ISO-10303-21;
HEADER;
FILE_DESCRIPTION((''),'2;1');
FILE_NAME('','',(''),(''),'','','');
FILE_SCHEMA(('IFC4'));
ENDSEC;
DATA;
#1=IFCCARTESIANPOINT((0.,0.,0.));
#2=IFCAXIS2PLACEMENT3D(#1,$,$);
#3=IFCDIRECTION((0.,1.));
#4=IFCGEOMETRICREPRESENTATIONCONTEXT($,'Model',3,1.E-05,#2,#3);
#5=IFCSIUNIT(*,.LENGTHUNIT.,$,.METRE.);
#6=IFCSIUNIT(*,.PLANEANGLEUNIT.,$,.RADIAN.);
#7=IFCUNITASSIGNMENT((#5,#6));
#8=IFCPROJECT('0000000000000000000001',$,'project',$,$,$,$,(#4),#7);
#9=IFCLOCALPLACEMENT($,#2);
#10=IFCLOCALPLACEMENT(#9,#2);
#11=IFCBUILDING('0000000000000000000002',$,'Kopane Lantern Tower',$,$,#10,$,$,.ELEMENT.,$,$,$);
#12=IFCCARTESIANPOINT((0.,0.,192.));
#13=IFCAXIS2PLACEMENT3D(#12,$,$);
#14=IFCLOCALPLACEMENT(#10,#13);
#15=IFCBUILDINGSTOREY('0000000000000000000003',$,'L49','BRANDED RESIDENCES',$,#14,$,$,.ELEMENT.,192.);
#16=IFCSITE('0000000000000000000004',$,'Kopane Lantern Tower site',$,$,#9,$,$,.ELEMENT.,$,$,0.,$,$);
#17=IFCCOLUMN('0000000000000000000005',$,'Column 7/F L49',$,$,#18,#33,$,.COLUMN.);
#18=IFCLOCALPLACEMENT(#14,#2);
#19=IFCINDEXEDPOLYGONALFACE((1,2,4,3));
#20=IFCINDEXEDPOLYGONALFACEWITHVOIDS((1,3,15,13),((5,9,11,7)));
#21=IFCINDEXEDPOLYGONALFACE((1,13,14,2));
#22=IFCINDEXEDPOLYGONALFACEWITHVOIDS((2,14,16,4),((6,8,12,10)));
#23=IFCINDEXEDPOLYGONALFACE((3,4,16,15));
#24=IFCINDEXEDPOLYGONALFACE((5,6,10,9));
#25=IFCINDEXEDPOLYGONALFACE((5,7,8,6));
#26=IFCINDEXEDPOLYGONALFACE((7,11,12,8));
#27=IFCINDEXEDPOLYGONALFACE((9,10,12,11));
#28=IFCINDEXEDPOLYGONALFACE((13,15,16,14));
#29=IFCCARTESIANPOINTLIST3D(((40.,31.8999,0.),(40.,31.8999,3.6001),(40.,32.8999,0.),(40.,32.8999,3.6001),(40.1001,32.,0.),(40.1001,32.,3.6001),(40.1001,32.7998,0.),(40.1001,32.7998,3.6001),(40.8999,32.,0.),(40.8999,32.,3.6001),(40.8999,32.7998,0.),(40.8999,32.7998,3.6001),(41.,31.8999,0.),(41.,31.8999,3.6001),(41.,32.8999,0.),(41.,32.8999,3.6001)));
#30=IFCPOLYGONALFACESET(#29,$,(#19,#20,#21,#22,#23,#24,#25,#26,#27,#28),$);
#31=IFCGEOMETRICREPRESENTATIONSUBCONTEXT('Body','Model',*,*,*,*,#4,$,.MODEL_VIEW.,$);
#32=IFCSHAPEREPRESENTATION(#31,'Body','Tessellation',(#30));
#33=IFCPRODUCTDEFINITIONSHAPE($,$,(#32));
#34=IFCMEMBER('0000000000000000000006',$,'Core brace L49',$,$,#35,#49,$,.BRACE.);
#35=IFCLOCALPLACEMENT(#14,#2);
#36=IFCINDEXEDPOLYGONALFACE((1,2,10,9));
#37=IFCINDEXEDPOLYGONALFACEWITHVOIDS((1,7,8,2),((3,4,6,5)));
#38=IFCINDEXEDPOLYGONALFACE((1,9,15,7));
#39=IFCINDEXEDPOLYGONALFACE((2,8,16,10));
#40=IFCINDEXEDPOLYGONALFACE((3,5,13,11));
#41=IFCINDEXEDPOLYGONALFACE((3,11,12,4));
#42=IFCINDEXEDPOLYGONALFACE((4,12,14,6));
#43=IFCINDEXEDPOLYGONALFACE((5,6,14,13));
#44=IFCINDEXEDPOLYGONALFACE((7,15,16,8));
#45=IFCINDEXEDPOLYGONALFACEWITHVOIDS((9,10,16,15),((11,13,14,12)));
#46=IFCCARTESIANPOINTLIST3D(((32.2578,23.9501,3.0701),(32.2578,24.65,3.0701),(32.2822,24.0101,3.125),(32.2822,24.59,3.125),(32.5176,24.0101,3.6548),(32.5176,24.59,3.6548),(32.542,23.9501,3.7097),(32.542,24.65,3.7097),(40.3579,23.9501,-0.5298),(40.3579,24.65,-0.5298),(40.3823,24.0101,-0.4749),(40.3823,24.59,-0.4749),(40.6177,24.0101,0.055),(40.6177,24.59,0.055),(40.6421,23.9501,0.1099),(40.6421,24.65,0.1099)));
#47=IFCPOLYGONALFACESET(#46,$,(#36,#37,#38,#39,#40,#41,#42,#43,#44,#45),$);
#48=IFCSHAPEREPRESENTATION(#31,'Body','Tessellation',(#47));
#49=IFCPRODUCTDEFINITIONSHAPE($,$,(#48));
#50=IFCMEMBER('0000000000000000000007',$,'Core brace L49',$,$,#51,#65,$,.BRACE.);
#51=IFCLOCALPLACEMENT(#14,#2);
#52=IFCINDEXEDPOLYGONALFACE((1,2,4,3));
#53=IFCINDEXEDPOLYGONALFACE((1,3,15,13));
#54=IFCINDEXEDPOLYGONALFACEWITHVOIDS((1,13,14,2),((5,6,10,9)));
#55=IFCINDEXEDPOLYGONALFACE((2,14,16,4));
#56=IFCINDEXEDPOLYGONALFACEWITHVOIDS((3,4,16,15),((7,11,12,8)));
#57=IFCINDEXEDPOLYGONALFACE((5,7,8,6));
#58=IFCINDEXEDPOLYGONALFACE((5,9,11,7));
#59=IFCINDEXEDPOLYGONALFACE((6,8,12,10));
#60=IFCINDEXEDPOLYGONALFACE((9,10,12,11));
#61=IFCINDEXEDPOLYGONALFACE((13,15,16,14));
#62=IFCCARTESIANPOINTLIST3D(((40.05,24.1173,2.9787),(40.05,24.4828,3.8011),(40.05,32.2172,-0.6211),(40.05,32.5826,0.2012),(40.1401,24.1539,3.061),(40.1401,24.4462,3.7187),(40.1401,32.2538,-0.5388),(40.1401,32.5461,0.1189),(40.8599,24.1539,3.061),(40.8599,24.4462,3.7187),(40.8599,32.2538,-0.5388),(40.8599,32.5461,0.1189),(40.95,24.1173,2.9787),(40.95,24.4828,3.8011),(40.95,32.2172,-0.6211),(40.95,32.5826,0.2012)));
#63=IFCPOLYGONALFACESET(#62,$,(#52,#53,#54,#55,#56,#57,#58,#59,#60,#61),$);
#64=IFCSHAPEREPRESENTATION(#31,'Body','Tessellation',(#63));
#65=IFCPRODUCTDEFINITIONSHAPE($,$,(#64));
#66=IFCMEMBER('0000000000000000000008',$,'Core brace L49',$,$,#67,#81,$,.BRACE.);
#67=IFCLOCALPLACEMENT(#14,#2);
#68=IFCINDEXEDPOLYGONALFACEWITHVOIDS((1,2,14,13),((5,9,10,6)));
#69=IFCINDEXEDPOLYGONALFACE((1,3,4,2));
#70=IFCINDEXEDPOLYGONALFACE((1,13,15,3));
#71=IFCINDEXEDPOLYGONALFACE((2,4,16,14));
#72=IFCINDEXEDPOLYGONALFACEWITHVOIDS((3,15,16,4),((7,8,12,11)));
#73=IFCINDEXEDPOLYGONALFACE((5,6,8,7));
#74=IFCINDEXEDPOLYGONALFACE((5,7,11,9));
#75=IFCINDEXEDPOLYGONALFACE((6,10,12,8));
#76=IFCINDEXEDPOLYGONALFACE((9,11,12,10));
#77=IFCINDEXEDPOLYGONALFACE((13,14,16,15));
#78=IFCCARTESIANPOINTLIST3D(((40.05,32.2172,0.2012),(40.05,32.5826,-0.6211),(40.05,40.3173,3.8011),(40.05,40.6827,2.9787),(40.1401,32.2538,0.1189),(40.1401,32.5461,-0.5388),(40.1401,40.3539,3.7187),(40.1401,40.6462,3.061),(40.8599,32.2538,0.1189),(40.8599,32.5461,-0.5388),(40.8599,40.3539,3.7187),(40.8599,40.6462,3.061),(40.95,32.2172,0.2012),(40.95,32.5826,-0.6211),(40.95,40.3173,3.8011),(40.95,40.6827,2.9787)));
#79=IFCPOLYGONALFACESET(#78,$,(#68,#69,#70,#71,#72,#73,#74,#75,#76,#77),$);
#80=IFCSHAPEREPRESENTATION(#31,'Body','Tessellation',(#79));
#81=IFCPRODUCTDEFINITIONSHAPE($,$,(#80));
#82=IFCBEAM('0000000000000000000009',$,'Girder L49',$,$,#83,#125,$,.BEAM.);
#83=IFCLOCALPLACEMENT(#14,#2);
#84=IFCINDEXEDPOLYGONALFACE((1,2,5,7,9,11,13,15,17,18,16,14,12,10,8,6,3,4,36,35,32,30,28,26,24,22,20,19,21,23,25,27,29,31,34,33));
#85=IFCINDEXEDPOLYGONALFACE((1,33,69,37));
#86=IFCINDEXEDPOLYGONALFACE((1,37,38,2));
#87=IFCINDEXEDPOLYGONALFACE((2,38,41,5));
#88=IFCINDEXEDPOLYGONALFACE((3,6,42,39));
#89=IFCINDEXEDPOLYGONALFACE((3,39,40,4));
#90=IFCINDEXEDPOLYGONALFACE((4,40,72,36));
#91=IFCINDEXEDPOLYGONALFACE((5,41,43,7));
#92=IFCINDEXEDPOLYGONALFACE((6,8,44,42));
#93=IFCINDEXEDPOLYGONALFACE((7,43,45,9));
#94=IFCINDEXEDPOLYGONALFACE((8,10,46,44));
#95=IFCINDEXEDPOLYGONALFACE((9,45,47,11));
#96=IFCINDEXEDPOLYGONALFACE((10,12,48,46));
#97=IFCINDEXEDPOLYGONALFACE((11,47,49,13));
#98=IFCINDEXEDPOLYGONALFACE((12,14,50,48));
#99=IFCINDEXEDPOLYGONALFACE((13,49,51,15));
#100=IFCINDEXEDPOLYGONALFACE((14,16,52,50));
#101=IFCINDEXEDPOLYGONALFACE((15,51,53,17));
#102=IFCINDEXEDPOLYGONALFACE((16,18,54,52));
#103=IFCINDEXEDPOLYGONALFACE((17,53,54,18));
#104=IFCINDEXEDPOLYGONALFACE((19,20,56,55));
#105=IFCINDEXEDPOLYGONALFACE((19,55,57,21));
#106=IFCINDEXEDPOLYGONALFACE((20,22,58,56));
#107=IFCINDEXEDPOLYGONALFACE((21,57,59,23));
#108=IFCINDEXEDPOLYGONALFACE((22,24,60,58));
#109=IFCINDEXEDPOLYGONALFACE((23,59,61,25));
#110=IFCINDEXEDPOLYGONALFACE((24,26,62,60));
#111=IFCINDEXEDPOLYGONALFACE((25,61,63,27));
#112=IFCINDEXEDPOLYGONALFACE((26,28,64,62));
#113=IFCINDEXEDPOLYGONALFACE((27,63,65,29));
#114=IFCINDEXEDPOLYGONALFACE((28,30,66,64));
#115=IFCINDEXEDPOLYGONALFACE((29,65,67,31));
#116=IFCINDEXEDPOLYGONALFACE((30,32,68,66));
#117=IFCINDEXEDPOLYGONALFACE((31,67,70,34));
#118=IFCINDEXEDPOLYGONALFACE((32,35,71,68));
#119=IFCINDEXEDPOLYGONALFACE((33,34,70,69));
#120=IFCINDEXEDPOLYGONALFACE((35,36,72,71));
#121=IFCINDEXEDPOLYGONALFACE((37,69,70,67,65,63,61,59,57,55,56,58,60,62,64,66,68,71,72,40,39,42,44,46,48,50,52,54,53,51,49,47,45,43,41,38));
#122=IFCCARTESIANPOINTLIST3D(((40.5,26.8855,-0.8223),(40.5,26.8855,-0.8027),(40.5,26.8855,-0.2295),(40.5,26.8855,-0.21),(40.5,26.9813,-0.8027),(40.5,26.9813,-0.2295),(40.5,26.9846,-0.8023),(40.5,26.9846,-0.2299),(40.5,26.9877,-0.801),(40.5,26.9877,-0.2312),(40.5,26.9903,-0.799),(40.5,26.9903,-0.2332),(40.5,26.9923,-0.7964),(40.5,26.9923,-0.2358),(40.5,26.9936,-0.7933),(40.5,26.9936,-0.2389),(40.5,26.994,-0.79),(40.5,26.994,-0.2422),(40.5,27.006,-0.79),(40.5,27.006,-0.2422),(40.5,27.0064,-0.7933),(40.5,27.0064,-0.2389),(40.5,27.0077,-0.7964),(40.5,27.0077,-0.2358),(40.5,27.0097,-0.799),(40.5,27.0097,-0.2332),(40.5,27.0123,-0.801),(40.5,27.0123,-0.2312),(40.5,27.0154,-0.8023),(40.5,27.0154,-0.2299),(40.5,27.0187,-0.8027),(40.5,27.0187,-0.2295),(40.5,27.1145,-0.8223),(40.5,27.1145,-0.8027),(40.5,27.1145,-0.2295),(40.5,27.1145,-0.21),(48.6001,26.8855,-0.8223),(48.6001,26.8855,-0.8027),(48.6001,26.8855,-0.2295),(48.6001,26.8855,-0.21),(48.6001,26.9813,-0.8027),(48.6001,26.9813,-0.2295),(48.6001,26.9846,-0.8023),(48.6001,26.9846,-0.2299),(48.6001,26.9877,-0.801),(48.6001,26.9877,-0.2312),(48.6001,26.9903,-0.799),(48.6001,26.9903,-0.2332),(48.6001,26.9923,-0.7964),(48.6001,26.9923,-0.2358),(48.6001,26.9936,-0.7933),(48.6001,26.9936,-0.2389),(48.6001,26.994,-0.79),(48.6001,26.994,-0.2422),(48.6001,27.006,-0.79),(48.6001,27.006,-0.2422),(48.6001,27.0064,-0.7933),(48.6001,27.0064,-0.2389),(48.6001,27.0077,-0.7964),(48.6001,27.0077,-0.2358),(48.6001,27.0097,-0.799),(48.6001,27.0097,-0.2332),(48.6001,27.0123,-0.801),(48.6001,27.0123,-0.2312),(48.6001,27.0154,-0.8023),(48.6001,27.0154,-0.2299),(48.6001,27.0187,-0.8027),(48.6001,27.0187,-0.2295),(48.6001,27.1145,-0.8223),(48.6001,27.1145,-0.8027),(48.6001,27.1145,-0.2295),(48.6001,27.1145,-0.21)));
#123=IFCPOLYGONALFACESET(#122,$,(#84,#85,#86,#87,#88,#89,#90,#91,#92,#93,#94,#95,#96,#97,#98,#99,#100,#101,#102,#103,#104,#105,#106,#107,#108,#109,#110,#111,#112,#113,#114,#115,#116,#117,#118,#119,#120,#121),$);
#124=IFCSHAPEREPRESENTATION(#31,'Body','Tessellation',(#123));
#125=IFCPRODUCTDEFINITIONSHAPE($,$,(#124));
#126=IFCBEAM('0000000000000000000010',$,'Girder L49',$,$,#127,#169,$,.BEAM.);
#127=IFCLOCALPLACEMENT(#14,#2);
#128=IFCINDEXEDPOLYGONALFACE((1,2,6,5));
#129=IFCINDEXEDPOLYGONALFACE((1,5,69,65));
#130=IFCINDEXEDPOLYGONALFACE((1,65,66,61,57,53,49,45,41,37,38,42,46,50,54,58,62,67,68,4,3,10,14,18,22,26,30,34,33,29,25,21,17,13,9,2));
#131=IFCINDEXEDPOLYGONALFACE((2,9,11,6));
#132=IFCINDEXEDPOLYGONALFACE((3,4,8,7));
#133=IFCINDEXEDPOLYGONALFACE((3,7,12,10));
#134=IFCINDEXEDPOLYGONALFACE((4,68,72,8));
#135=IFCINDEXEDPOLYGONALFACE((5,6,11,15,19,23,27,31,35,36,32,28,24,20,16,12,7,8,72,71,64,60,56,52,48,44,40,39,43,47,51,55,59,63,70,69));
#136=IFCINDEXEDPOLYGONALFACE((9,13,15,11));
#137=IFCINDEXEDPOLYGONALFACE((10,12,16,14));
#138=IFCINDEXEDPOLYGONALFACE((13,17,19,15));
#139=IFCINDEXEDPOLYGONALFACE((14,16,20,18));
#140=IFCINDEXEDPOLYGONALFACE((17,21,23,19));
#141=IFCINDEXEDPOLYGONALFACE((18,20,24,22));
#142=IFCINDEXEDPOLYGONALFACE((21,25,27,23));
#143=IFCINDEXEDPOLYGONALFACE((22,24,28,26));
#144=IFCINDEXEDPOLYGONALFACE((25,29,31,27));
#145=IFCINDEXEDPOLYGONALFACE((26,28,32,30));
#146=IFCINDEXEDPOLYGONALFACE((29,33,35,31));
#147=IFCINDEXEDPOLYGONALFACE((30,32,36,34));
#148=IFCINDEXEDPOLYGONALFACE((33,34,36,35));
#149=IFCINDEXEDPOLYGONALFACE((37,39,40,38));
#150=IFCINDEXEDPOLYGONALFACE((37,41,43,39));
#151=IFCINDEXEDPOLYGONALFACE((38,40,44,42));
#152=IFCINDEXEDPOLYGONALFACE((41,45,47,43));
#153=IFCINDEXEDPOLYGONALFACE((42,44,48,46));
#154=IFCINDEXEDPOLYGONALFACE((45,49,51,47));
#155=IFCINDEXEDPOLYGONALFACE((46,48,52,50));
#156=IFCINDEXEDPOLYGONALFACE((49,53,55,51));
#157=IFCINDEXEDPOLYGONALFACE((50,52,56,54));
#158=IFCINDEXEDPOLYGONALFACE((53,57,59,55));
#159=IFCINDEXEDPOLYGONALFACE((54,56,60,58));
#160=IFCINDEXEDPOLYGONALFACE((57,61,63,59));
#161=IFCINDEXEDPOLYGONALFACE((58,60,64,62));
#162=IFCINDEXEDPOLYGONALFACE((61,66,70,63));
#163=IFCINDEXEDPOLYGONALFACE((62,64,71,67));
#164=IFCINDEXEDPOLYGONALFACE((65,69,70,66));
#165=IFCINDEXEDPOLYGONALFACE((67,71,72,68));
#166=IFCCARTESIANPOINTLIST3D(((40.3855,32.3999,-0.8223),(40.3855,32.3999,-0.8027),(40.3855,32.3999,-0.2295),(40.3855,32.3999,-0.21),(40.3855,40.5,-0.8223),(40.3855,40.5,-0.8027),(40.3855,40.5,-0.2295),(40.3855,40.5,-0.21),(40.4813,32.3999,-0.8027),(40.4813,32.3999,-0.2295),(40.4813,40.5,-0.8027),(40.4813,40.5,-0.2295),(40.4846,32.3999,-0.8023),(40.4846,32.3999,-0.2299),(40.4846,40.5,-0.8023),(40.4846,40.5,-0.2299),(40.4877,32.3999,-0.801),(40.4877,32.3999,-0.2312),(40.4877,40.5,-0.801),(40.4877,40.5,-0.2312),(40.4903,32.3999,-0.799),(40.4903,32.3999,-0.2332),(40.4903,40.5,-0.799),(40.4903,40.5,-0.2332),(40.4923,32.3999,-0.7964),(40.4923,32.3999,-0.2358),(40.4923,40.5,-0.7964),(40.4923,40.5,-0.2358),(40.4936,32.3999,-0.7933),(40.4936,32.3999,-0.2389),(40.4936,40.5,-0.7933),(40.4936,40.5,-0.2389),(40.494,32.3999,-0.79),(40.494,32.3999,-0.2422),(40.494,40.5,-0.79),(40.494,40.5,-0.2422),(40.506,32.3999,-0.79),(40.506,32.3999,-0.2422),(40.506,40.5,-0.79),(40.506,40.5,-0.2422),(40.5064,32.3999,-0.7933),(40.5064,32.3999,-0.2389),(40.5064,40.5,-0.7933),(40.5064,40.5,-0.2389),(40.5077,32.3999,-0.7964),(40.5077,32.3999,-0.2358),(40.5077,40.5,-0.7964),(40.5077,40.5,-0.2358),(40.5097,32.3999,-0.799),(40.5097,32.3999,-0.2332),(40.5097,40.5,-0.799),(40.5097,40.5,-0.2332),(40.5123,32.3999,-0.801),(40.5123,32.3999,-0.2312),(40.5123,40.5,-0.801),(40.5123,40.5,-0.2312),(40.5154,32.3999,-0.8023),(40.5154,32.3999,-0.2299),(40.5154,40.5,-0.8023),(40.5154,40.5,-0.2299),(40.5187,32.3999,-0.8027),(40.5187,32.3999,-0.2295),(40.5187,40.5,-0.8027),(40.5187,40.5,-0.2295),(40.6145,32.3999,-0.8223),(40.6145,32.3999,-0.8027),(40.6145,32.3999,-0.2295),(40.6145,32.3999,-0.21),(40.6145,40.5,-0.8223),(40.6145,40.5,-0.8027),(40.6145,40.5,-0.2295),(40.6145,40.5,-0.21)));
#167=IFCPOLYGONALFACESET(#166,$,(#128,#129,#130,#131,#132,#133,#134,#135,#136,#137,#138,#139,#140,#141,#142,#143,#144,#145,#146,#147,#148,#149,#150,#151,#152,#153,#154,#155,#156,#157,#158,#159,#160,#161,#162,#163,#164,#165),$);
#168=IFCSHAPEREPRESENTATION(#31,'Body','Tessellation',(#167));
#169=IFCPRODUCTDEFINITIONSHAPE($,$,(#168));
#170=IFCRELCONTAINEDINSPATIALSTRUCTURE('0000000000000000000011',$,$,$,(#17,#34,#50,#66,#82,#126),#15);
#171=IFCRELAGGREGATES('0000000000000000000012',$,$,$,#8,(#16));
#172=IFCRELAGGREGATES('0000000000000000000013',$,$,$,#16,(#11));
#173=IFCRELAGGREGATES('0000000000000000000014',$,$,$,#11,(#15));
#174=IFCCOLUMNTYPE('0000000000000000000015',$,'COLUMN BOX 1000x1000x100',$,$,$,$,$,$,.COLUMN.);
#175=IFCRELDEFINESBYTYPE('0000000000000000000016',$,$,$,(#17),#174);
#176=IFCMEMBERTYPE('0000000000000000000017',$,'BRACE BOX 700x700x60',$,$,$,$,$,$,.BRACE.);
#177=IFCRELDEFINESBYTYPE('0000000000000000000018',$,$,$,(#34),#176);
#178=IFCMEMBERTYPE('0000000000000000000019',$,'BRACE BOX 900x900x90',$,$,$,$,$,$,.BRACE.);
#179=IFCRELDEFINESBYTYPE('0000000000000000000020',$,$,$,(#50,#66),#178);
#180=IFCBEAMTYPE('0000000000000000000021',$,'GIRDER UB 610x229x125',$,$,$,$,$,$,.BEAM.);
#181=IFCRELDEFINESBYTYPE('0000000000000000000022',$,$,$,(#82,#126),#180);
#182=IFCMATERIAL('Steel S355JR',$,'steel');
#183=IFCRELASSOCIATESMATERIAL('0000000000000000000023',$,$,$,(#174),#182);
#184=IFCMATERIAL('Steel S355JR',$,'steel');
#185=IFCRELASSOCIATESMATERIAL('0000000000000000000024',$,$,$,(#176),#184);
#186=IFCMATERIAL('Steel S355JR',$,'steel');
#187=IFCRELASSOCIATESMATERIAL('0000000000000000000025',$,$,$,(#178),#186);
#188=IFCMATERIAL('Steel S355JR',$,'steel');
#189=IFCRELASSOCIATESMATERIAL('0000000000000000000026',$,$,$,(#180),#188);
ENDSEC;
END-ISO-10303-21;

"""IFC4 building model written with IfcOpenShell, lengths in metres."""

from ifc_helpers import new_model, si_unit, direction, frame, origin, origin_2d, place, context, subcontext, project, spatial, hollow_rectangle, i_section, extrude, material, material_profile, profile_set, type_object, element, save


model = new_model("IFC4")

# Units and contexts
model_context = context("Model", 3, precision=1e-05, world=origin(), true_north=direction((0.0, 1.0)))
body_context = subcontext(model_context, "Body", "Model", "MODEL_VIEW")
ifc_project = project(units=[si_unit("LENGTHUNIT", "METRE"), si_unit("PLANEANGLEUNIT", "RADIAN")], contexts=[model_context])

# Site, building, storey
site_placement = place(None, origin())
site = spatial("IfcSite", under=ifc_project, at=site_placement, Name="Kopane Lantern Tower site", CompositionType="ELEMENT", RefElevation=0.0)
building_placement = place(site_placement, origin())
building = spatial("IfcBuilding", under=site, at=building_placement, Name="Kopane Lantern Tower", CompositionType="ELEMENT")
storey_placement = place(building_placement, frame((0.0, 0.0, 192.0)))
storey = spatial("IfcBuildingStorey", under=building, at=storey_placement, Name="L49", Description="BRANDED RESIDENCES", CompositionType="ELEMENT", Elevation=192.0)

# Column
ifc_material_1 = material(Name="Steel S355JR", Category="steel")
ifc_material_profile_1 = material_profile(ifc_material_1, hollow_rectangle(XDim=1.0, YDim=1.0, WallThickness=0.1001, at=origin_2d()), Name="BOX 1000x1000x100")
ifc_profile_set_1 = profile_set([ifc_material_profile_1], Name="Steel S355JR")
column_type = type_object("IfcColumnType", Name="COLUMN BOX 1000x1000x100", PredefinedType="COLUMN", material=ifc_profile_set_1)
column_placement = place(storey_placement, frame((40.5, 32.3999, 0.0), z_axis=(0.0, 0.0, 1.0), x_axis=(1.0, 0.0, 0.0)))
element("IfcColumn", 1, at=column_placement, inside=storey, type_object=column_type, Name="Column 7/F L49", PredefinedType="COLUMN", context=body_context, shape_type="SweptSolid", body=[
    extrude(hollow_rectangle(XDim=1.0, YDim=1.0, WallThickness=0.1001, at=origin_2d()), origin(), (0.0, 0.0, 1.0), 3.6001),
])

# Members
ifc_material_2 = material(Name="Steel S355JR", Category="steel")
ifc_material_profile_2 = material_profile(ifc_material_2, hollow_rectangle(XDim=0.7, YDim=0.7, WallThickness=0.0601, at=origin_2d()), Name="BOX 700x700x60")
ifc_profile_set_2 = profile_set([ifc_material_profile_2], Name="Steel S355JR")
member_type_1 = type_object("IfcMemberType", Name="BRACE BOX 700x700x60", PredefinedType="BRACE", material=ifc_profile_set_2)
member_1_placement = place(storey_placement, frame((40.5, 24.3, -0.21), z_axis=(-0.913819, 0.0, 0.406121), x_axis=(0.0, -1.0, 0.0)))
element("IfcMember", 2, at=member_1_placement, inside=storey, type_object=member_type_1, Name="Core brace L49", PredefinedType="BRACE", context=body_context, shape_type="SweptSolid", body=[
    extrude(hollow_rectangle(XDim=0.7, YDim=0.7, WallThickness=0.0601, at=origin_2d()), origin(), (0.0, 0.0, 1.0), 8.864),
])
ifc_material_3 = material(Name="Steel S355JR", Category="steel")
ifc_material_profile_3 = material_profile(ifc_material_3, hollow_rectangle(XDim=0.8999, YDim=0.8999, WallThickness=0.0901, at=origin_2d()), Name="BOX 900x900x90")
ifc_profile_set_3 = profile_set([ifc_material_profile_3], Name="Steel S355JR")
member_type_2 = type_object("IfcMemberType", Name="BRACE BOX 900x900x90", PredefinedType="BRACE", material=ifc_profile_set_3)
member_2_placement = place(storey_placement, frame((40.5, 32.3999, -0.21), z_axis=(0.0, -0.913815, 0.406131), x_axis=(1.0, 0.0, 0.0)))
element("IfcMember", 3, at=member_2_placement, inside=storey, type_object=member_type_2, Name="Core brace L49", PredefinedType="BRACE", context=body_context, shape_type="SweptSolid", body=[
    extrude(hollow_rectangle(XDim=0.8999, YDim=0.8999, WallThickness=0.0901, at=origin_2d()), origin(), (0.0, 0.0, 1.0), 8.8638),
])
member_3_placement = place(storey_placement, frame((40.5, 32.3999, -0.21), z_axis=(0.0, 0.913819, 0.406121), x_axis=(-1.0, 0.0, 0.0)))
element("IfcMember", 4, at=member_3_placement, inside=storey, type_object=member_type_2, Name="Core brace L49", PredefinedType="BRACE", context=body_context, shape_type="SweptSolid", body=[
    extrude(hollow_rectangle(XDim=0.8999, YDim=0.8999, WallThickness=0.0901, at=origin_2d()), origin(), (0.0, 0.0, 1.0), 8.864),
])

# Beams
ifc_material_4 = material(Name="Steel S355JR", Category="steel")
ifc_material_profile_4 = material_profile(ifc_material_4, i_section(OverallWidth=0.229, OverallDepth=0.6123, WebThickness=0.012, FlangeThickness=0.0195, FilletRadius=0.0127, at=origin_2d()), Name="UB 610x229x125")
ifc_profile_set_4 = profile_set([ifc_material_profile_4], Name="Steel S355JR")
beam_type = type_object("IfcBeamType", Name="GIRDER UB 610x229x125", PredefinedType="BEAM", material=ifc_profile_set_4)
for number, where, z_axis, x_axis, name in (
    (5, (40.5, 27.0, -0.5161), (1.0, 0.0, 0.0), (0.0, 1.0, 0.0), "Girder L49"),
    (6, (40.5, 32.3999, -0.5161), (0.0, 1.0, 0.0), (-1.0, 0.0, 0.0), "Girder L49"),
):
    element("IfcBeam", number, at=place(storey_placement, frame(where, z_axis=z_axis, x_axis=x_axis)), inside=storey, type_object=beam_type, Name=name, PredefinedType="BEAM", context=body_context, shape_type="SweptSolid", body=[
        extrude(i_section(OverallWidth=0.229, OverallDepth=0.6123, WebThickness=0.012, FlangeThickness=0.0195, FilletRadius=0.0127, at=origin_2d()), origin(), (0.0, 0.0, 1.0), 8.1001),
    ])

save(model, "model.ifc")
